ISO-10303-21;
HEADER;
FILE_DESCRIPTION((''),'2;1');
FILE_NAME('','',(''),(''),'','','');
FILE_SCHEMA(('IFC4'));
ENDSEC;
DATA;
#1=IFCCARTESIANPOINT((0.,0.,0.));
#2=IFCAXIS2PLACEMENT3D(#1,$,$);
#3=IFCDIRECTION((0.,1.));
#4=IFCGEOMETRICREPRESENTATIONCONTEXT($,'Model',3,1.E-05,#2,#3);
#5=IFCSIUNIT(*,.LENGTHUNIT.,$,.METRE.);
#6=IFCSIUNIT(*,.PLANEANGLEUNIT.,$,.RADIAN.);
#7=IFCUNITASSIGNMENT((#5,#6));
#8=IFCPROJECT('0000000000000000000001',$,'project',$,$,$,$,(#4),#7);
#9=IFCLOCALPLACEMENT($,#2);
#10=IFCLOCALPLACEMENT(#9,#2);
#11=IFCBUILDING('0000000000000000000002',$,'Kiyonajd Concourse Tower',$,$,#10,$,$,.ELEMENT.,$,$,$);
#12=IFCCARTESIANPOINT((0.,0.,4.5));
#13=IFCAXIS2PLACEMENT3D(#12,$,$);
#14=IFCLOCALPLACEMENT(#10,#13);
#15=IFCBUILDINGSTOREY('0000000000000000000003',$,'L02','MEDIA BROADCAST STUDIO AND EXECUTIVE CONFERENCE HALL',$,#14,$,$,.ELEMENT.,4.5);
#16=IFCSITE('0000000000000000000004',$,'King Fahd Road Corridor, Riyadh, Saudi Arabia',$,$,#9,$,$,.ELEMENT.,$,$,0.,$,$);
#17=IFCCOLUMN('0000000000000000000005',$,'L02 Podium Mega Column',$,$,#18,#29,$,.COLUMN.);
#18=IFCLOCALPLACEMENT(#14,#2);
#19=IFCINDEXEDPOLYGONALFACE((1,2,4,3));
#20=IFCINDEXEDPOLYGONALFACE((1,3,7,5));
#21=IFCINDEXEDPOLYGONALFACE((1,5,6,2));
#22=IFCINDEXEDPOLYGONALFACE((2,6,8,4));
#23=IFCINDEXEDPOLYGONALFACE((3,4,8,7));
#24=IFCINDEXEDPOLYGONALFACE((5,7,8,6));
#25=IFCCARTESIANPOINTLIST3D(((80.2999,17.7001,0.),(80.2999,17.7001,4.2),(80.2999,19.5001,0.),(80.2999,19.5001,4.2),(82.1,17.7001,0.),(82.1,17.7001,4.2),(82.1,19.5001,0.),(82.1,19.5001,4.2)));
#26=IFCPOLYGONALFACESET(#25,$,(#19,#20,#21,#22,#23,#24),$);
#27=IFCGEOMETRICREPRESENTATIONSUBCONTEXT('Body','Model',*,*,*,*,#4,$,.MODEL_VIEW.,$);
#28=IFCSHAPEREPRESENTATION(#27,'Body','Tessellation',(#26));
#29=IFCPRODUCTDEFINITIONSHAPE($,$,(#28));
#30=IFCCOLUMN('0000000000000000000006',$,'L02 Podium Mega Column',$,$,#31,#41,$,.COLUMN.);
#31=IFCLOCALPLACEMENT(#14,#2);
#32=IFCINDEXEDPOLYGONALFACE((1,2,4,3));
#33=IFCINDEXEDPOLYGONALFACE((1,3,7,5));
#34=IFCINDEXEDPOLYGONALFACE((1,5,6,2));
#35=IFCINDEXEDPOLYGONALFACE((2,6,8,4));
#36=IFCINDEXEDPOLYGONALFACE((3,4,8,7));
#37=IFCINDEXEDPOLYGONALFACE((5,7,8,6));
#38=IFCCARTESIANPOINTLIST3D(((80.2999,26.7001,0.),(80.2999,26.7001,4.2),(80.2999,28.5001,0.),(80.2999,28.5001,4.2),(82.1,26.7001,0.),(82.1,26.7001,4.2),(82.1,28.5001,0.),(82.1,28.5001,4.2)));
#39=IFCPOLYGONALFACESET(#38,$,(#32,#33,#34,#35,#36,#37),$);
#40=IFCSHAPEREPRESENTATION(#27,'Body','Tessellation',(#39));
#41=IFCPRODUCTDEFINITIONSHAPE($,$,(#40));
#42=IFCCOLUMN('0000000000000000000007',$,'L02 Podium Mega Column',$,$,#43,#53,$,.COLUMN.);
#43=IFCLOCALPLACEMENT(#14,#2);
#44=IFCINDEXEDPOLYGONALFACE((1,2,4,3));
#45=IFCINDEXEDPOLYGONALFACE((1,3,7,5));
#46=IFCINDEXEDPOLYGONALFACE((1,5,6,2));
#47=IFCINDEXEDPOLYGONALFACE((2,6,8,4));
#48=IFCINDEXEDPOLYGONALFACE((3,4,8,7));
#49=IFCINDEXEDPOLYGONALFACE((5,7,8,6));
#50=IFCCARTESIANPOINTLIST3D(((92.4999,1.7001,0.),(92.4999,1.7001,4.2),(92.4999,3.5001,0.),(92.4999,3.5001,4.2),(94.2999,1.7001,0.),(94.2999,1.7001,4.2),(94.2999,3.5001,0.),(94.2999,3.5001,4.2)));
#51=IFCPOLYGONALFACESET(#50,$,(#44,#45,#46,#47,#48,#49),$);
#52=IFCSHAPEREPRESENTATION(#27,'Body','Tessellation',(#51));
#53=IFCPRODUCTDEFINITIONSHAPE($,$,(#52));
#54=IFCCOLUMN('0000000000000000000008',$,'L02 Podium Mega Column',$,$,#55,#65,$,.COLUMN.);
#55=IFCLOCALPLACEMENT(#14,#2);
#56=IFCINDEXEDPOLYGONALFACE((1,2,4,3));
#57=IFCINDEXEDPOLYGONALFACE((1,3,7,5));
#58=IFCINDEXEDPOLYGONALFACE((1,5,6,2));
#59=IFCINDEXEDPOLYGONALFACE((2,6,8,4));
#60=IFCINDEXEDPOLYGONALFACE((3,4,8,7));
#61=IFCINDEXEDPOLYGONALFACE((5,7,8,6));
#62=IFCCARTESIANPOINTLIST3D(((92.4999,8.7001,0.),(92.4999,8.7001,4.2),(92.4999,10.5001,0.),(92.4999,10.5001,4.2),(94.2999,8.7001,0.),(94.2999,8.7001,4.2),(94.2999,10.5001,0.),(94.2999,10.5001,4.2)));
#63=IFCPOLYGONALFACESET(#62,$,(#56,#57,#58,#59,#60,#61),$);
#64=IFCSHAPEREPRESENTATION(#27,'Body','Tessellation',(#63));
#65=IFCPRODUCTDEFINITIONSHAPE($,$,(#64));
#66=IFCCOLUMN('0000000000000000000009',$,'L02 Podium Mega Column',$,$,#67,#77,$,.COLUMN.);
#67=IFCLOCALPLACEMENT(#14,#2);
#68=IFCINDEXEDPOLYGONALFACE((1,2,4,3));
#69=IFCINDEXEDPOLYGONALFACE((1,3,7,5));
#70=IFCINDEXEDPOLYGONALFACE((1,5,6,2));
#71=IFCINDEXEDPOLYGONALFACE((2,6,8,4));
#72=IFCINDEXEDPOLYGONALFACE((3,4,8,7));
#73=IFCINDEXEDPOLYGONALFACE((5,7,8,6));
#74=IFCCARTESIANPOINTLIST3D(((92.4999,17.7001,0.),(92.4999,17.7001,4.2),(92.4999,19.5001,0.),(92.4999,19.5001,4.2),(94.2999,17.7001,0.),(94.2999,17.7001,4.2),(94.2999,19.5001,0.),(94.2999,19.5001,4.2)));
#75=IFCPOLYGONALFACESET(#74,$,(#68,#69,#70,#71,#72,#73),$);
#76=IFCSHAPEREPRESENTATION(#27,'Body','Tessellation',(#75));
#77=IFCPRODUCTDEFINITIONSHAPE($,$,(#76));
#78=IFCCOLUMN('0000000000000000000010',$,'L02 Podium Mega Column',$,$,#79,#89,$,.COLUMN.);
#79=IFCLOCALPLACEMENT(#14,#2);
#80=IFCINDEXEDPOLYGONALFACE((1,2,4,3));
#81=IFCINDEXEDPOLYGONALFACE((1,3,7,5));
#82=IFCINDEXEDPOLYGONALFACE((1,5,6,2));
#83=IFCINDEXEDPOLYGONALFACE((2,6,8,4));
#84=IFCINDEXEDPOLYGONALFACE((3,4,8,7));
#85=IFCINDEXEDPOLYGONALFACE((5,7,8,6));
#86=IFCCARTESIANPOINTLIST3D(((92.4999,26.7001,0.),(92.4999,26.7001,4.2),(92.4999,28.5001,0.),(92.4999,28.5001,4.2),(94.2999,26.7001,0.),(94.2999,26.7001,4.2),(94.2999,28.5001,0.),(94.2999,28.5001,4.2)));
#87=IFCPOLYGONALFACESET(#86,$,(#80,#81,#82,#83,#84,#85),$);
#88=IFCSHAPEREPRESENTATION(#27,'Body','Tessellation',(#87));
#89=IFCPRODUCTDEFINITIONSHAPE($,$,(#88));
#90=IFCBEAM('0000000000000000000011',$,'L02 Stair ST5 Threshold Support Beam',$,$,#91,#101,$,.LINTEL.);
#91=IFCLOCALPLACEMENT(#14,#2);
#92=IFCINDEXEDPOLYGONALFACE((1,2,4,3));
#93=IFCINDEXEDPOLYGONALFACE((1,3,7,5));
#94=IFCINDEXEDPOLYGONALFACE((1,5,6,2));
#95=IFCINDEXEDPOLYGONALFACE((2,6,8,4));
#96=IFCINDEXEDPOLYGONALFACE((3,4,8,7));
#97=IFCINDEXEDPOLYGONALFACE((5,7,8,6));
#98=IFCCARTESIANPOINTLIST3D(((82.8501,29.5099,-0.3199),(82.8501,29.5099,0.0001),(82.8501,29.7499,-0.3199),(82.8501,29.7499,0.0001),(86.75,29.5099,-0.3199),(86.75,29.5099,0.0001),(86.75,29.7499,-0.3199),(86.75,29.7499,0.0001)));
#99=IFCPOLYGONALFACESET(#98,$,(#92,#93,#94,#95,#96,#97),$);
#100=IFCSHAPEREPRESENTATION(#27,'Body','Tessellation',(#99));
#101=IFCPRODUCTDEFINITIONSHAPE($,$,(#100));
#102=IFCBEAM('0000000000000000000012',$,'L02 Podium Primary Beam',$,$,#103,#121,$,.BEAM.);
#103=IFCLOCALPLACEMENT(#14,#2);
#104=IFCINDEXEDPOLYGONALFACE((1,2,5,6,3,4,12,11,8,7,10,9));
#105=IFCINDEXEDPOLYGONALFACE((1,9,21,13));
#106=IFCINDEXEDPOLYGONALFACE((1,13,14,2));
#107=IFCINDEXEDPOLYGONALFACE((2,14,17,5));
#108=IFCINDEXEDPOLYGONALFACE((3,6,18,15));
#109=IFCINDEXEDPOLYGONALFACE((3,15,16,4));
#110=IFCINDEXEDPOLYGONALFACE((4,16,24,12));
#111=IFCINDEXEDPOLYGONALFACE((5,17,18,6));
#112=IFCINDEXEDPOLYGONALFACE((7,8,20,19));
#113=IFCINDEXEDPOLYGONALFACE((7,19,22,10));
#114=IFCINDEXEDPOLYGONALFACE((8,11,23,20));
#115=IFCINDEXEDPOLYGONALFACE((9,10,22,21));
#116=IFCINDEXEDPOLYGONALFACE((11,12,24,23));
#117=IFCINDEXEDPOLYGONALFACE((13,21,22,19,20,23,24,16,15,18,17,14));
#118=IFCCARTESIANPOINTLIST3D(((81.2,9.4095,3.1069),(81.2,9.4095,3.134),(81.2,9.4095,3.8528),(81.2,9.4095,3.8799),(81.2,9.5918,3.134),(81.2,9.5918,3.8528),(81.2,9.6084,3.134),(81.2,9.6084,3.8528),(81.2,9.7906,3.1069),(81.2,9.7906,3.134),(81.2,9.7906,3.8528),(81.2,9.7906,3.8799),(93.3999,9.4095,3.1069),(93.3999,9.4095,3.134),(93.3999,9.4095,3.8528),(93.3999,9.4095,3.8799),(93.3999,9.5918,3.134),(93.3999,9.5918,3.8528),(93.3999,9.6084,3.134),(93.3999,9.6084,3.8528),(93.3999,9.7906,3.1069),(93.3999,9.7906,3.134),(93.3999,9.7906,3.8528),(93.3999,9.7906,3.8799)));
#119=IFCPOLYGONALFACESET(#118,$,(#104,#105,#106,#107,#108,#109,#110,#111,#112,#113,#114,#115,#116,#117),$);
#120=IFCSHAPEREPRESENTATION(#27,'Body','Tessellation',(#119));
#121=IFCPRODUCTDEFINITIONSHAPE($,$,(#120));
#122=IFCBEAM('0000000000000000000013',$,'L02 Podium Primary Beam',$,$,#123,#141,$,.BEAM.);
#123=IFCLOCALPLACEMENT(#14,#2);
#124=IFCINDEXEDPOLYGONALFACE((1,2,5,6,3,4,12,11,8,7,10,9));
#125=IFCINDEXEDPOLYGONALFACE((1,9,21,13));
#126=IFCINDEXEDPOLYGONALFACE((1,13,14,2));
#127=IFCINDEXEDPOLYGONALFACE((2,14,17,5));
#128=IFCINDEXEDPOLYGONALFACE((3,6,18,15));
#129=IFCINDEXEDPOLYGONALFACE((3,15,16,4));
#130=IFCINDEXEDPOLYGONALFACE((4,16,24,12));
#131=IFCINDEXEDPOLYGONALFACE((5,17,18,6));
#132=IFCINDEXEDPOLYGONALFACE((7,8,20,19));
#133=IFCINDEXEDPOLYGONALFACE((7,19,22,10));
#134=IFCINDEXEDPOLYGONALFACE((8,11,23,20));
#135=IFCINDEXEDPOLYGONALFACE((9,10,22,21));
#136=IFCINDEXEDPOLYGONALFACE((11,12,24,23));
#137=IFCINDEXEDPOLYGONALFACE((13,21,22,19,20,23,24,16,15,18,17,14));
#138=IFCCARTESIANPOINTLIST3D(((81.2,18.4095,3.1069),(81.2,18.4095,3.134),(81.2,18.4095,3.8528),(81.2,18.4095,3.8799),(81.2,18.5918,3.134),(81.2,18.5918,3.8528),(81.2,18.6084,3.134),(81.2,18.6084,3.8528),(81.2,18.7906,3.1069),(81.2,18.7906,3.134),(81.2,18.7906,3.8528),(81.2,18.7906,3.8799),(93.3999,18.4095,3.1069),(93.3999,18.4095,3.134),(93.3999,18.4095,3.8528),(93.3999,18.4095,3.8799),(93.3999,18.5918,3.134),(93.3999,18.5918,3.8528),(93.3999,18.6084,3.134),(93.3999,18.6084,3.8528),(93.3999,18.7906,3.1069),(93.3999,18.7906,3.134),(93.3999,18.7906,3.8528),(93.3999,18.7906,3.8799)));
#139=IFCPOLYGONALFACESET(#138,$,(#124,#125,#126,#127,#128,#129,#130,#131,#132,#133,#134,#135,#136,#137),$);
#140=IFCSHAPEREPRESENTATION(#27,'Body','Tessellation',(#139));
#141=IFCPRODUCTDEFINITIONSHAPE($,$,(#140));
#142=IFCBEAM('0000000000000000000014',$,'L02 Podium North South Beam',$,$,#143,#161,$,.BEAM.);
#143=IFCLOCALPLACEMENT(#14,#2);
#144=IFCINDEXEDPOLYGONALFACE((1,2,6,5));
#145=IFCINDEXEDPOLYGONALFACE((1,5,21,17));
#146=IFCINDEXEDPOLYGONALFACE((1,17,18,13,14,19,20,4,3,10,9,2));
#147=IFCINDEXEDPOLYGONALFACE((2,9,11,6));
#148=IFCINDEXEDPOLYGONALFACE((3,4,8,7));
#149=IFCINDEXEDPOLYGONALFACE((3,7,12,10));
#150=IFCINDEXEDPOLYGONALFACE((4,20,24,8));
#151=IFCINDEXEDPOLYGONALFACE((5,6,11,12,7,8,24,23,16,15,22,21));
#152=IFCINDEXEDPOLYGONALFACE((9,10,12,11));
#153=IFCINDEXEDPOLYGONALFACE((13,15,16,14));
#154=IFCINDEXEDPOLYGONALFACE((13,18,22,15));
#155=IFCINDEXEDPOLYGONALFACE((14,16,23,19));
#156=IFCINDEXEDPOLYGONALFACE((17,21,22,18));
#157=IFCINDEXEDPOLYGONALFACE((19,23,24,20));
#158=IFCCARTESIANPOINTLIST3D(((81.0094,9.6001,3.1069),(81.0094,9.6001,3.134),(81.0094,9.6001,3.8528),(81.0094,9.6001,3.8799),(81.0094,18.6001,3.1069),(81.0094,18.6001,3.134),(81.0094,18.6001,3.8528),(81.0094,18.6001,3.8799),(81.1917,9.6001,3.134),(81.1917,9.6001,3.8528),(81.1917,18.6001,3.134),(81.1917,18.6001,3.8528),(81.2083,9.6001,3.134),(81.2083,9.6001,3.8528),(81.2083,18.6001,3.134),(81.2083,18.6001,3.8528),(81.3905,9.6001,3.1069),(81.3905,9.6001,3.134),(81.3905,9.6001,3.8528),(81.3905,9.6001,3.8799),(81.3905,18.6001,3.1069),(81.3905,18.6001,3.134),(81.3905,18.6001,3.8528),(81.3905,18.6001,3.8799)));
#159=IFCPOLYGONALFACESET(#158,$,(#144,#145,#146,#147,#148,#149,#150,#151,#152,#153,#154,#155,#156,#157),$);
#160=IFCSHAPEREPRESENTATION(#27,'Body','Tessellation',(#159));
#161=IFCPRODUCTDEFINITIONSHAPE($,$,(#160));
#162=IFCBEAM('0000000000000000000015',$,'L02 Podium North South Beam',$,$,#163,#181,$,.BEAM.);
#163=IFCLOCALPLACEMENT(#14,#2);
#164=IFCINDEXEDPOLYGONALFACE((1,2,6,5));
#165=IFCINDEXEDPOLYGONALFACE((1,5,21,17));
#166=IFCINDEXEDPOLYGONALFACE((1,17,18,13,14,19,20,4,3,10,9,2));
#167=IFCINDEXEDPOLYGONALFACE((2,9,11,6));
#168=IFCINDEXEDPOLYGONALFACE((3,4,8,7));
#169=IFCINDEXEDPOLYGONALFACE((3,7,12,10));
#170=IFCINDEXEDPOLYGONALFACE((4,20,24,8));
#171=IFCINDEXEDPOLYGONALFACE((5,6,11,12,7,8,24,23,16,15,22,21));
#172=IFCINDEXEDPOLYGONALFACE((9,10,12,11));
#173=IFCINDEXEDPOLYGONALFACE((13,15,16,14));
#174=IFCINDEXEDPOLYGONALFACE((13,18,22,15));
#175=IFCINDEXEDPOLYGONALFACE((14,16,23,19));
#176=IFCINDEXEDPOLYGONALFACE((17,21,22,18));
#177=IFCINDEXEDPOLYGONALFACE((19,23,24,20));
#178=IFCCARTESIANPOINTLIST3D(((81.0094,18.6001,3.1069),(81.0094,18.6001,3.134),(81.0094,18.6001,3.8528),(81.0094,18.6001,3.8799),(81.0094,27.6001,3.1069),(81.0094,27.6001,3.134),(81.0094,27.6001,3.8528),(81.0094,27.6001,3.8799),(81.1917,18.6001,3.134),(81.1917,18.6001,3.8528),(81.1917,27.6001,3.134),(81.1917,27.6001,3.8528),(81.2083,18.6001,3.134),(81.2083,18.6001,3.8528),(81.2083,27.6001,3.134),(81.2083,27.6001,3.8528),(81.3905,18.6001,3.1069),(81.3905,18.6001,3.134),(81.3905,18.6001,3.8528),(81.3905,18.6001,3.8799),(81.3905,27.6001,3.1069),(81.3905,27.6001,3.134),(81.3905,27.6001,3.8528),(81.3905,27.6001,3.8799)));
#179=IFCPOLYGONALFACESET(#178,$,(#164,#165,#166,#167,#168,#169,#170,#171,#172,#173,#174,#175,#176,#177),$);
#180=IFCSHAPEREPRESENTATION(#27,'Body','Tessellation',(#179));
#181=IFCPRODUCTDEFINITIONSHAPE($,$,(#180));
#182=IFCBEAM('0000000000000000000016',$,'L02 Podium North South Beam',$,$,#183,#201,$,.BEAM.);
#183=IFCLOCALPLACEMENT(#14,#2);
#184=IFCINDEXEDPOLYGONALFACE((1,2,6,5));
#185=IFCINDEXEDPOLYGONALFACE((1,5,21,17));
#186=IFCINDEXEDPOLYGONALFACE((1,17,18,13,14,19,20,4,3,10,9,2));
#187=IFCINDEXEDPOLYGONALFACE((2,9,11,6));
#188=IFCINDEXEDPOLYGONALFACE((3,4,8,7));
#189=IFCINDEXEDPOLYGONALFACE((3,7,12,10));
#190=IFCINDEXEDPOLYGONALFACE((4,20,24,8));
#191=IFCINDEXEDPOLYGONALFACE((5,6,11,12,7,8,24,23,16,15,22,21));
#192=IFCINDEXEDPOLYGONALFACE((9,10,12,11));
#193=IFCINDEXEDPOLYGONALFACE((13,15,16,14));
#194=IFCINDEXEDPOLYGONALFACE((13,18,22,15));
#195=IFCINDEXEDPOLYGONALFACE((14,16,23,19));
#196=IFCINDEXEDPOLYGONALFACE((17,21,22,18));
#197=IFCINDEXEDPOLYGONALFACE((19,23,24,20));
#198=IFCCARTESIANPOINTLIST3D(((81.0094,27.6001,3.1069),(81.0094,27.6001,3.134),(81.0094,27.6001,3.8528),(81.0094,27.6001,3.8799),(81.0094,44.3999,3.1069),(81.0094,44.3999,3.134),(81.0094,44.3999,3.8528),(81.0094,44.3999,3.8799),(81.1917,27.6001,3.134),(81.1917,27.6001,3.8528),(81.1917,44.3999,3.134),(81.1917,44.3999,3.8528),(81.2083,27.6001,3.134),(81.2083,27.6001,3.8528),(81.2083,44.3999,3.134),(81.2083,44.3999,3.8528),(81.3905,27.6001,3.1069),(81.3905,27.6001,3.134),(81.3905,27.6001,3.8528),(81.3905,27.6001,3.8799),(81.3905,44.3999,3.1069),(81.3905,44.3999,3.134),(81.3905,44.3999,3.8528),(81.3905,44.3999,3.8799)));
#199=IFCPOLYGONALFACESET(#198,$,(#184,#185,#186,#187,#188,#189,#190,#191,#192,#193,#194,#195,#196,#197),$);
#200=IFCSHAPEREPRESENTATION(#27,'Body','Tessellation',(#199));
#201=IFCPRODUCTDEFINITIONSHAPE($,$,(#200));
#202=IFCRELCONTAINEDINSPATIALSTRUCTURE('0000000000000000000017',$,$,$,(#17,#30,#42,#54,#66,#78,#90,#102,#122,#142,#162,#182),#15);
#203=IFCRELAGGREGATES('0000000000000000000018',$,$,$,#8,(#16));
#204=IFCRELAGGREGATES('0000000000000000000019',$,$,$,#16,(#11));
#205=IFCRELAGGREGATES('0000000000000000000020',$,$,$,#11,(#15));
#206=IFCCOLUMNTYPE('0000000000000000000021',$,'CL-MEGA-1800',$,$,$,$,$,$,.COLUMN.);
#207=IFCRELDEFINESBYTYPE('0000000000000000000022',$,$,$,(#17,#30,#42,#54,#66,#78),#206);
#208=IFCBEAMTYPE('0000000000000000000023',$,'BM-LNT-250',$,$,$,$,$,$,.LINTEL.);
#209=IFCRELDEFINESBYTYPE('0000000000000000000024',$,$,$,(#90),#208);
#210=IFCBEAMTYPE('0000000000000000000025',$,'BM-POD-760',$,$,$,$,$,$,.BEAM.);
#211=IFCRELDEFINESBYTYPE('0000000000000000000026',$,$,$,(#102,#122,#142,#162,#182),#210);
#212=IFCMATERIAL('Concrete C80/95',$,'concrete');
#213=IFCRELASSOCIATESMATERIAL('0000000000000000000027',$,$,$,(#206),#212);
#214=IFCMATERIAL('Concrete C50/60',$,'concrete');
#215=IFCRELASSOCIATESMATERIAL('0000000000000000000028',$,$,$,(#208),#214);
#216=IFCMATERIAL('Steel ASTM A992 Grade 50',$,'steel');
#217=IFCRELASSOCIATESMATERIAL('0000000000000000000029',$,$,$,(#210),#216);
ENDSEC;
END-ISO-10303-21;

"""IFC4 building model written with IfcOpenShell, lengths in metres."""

from ifc_helpers import new_model, si_unit, direction, frame, origin, origin_2d, place, context, subcontext, project, spatial, rectangle, i_section, extrude, material, material_profile, profile_set, type_object, element, save


model = new_model("IFC4")

# Units and contexts
model_context = context("Model", 3, precision=1e-05, world=origin(), true_north=direction((0.0, 1.0)))
body_context = subcontext(model_context, "Body", "Model", "MODEL_VIEW")
ifc_project = project(units=[si_unit("LENGTHUNIT", "METRE"), si_unit("PLANEANGLEUNIT", "RADIAN")], contexts=[model_context])

# Site, building, storey
site_placement = place(None, origin())
site = spatial("IfcSite", under=ifc_project, at=site_placement, Name="King Fahd Road Corridor, Riyadh, Saudi Arabia", CompositionType="ELEMENT", RefElevation=0.0)
building_placement = place(site_placement, origin())
building = spatial("IfcBuilding", under=site, at=building_placement, Name="Kiyonajd Concourse Tower", CompositionType="ELEMENT")
storey_placement = place(building_placement, frame((0.0, 0.0, 4.5)))
storey = spatial("IfcBuildingStorey", under=building, at=storey_placement, Name="L02", Description="MEDIA BROADCAST STUDIO AND EXECUTIVE CONFERENCE HALL", CompositionType="ELEMENT", Elevation=4.5)

# Columns
ifc_material_1 = material(Name="Concrete C80/95", Category="concrete")
ifc_material_profile_1 = material_profile(ifc_material_1, rectangle(XDim=1.8, YDim=1.8, at=origin_2d()), Name="RC-1800x1800")
ifc_profile_set_1 = profile_set([ifc_material_profile_1], Name="Concrete C80/95")
column_type = type_object("IfcColumnType", Name="CL-MEGA-1800", PredefinedType="COLUMN", material=ifc_profile_set_1)
for number, where, z_axis, x_axis, name in (
    (1, (81.2, 18.6001, 0.0), (0.0, 0.0, 1.0), (1.0, 0.0, 0.0), "L02 Podium Mega Column"),
    (2, (81.2, 27.6001, 0.0), (0.0, 0.0, 1.0), (1.0, 0.0, 0.0), "L02 Podium Mega Column"),
    (3, (93.3999, 2.6001, 0.0), (0.0, 0.0, 1.0), (1.0, 0.0, 0.0), "L02 Podium Mega Column"),
    (4, (93.3999, 9.6001, 0.0), (0.0, 0.0, 1.0), (1.0, 0.0, 0.0), "L02 Podium Mega Column"),
    (5, (93.3999, 18.6001, 0.0), (0.0, 0.0, 1.0), (1.0, 0.0, 0.0), "L02 Podium Mega Column"),
    (6, (93.3999, 27.6001, 0.0), (0.0, 0.0, 1.0), (1.0, 0.0, 0.0), "L02 Podium Mega Column"),
):
    element("IfcColumn", number, at=place(storey_placement, frame(where, z_axis=z_axis, x_axis=x_axis)), inside=storey, type_object=column_type, Name=name, PredefinedType="COLUMN", context=body_context, shape_type="SweptSolid", body=[
        extrude(rectangle(XDim=1.8, YDim=1.8, at=origin_2d()), origin(), (0.0, 0.0, 1.0), 4.2),
    ])

# Beams
ifc_material_2 = material(Name="Concrete C50/60", Category="concrete")
ifc_material_profile_2 = material_profile(ifc_material_2, rectangle(XDim=0.24, YDim=0.3201, at=origin_2d()), Name="RCBM-240x320")
ifc_profile_set_2 = profile_set([ifc_material_profile_2], Name="Concrete C50/60")
beam_type_1 = type_object("IfcBeamType", Name="BM-LNT-250", PredefinedType="LINTEL", material=ifc_profile_set_2)
beam_1_placement = place(storey_placement, frame((82.8501, 29.6299, -0.1599), z_axis=(1.0, 0.0, 0.0), x_axis=(0.0, 1.0, 0.0)))
element("IfcBeam", 7, at=beam_1_placement, inside=storey, type_object=beam_type_1, Name="L02 Stair ST5 Threshold Support Beam", PredefinedType="LINTEL", context=body_context, shape_type="SweptSolid", body=[
    extrude(rectangle(XDim=0.24, YDim=0.3201, at=origin_2d()), origin(), (0.0, 0.0, 1.0), 3.8999),
])
ifc_material_3 = material(Name="Steel ASTM A992 Grade 50", Category="steel")
ifc_material_profile_3 = material_profile(ifc_material_3, i_section(OverallWidth=0.3811, OverallDepth=0.7729, WebThickness=0.0166, FlangeThickness=0.0271, at=origin_2d()), Name="W760X257")
ifc_profile_set_3 = profile_set([ifc_material_profile_3], Name="Steel ASTM A992 Grade 50")
beam_type_2 = type_object("IfcBeamType", Name="BM-POD-760", PredefinedType="BEAM", material=ifc_profile_set_3)
for number, where, z_axis, x_axis, name in (
    (8, (81.2, 9.6001, 3.4934), (1.0, 0.0, 0.0), (0.0, 1.0, 0.0), "L02 Podium Primary Beam"),
    (9, (81.2, 18.6001, 3.4934), (1.0, 0.0, 0.0), (0.0, 1.0, 0.0), "L02 Podium Primary Beam"),
):
    element("IfcBeam", number, at=place(storey_placement, frame(where, z_axis=z_axis, x_axis=x_axis)), inside=storey, type_object=beam_type_2, Name=name, PredefinedType="BEAM", context=body_context, shape_type="SweptSolid", body=[
        extrude(i_section(OverallWidth=0.3811, OverallDepth=0.7729, WebThickness=0.0166, FlangeThickness=0.0271, at=origin_2d()), origin(), (0.0, 0.0, 1.0), 12.2),
    ])
for number, where, z_axis, x_axis, name in (
    (10, (81.2, 9.6001, 3.4934), (0.0, 1.0, 0.0), (-1.0, 0.0, 0.0), "L02 Podium North South Beam"),
    (11, (81.2, 18.6001, 3.4934), (0.0, 1.0, 0.0), (-1.0, 0.0, 0.0), "L02 Podium North South Beam"),
):
    element("IfcBeam", number, at=place(storey_placement, frame(where, z_axis=z_axis, x_axis=x_axis)), inside=storey, type_object=beam_type_2, Name=name, PredefinedType="BEAM", context=body_context, shape_type="SweptSolid", body=[
        extrude(i_section(OverallWidth=0.3811, OverallDepth=0.7729, WebThickness=0.0166, FlangeThickness=0.0271, at=origin_2d()), origin(), (0.0, 0.0, 1.0), 9.0),
    ])
beam_2_placement = place(storey_placement, frame((81.2, 27.6001, 3.4934), z_axis=(0.0, 1.0, 0.0), x_axis=(-1.0, 0.0, 0.0)))
element("IfcBeam", 12, at=beam_2_placement, inside=storey, type_object=beam_type_2, Name="L02 Podium North South Beam", PredefinedType="BEAM", context=body_context, shape_type="SweptSolid", body=[
    extrude(i_section(OverallWidth=0.3811, OverallDepth=0.7729, WebThickness=0.0166, FlangeThickness=0.0271, at=origin_2d()), origin(), (0.0, 0.0, 1.0), 16.7998),
])

save(model, "model.ifc")
